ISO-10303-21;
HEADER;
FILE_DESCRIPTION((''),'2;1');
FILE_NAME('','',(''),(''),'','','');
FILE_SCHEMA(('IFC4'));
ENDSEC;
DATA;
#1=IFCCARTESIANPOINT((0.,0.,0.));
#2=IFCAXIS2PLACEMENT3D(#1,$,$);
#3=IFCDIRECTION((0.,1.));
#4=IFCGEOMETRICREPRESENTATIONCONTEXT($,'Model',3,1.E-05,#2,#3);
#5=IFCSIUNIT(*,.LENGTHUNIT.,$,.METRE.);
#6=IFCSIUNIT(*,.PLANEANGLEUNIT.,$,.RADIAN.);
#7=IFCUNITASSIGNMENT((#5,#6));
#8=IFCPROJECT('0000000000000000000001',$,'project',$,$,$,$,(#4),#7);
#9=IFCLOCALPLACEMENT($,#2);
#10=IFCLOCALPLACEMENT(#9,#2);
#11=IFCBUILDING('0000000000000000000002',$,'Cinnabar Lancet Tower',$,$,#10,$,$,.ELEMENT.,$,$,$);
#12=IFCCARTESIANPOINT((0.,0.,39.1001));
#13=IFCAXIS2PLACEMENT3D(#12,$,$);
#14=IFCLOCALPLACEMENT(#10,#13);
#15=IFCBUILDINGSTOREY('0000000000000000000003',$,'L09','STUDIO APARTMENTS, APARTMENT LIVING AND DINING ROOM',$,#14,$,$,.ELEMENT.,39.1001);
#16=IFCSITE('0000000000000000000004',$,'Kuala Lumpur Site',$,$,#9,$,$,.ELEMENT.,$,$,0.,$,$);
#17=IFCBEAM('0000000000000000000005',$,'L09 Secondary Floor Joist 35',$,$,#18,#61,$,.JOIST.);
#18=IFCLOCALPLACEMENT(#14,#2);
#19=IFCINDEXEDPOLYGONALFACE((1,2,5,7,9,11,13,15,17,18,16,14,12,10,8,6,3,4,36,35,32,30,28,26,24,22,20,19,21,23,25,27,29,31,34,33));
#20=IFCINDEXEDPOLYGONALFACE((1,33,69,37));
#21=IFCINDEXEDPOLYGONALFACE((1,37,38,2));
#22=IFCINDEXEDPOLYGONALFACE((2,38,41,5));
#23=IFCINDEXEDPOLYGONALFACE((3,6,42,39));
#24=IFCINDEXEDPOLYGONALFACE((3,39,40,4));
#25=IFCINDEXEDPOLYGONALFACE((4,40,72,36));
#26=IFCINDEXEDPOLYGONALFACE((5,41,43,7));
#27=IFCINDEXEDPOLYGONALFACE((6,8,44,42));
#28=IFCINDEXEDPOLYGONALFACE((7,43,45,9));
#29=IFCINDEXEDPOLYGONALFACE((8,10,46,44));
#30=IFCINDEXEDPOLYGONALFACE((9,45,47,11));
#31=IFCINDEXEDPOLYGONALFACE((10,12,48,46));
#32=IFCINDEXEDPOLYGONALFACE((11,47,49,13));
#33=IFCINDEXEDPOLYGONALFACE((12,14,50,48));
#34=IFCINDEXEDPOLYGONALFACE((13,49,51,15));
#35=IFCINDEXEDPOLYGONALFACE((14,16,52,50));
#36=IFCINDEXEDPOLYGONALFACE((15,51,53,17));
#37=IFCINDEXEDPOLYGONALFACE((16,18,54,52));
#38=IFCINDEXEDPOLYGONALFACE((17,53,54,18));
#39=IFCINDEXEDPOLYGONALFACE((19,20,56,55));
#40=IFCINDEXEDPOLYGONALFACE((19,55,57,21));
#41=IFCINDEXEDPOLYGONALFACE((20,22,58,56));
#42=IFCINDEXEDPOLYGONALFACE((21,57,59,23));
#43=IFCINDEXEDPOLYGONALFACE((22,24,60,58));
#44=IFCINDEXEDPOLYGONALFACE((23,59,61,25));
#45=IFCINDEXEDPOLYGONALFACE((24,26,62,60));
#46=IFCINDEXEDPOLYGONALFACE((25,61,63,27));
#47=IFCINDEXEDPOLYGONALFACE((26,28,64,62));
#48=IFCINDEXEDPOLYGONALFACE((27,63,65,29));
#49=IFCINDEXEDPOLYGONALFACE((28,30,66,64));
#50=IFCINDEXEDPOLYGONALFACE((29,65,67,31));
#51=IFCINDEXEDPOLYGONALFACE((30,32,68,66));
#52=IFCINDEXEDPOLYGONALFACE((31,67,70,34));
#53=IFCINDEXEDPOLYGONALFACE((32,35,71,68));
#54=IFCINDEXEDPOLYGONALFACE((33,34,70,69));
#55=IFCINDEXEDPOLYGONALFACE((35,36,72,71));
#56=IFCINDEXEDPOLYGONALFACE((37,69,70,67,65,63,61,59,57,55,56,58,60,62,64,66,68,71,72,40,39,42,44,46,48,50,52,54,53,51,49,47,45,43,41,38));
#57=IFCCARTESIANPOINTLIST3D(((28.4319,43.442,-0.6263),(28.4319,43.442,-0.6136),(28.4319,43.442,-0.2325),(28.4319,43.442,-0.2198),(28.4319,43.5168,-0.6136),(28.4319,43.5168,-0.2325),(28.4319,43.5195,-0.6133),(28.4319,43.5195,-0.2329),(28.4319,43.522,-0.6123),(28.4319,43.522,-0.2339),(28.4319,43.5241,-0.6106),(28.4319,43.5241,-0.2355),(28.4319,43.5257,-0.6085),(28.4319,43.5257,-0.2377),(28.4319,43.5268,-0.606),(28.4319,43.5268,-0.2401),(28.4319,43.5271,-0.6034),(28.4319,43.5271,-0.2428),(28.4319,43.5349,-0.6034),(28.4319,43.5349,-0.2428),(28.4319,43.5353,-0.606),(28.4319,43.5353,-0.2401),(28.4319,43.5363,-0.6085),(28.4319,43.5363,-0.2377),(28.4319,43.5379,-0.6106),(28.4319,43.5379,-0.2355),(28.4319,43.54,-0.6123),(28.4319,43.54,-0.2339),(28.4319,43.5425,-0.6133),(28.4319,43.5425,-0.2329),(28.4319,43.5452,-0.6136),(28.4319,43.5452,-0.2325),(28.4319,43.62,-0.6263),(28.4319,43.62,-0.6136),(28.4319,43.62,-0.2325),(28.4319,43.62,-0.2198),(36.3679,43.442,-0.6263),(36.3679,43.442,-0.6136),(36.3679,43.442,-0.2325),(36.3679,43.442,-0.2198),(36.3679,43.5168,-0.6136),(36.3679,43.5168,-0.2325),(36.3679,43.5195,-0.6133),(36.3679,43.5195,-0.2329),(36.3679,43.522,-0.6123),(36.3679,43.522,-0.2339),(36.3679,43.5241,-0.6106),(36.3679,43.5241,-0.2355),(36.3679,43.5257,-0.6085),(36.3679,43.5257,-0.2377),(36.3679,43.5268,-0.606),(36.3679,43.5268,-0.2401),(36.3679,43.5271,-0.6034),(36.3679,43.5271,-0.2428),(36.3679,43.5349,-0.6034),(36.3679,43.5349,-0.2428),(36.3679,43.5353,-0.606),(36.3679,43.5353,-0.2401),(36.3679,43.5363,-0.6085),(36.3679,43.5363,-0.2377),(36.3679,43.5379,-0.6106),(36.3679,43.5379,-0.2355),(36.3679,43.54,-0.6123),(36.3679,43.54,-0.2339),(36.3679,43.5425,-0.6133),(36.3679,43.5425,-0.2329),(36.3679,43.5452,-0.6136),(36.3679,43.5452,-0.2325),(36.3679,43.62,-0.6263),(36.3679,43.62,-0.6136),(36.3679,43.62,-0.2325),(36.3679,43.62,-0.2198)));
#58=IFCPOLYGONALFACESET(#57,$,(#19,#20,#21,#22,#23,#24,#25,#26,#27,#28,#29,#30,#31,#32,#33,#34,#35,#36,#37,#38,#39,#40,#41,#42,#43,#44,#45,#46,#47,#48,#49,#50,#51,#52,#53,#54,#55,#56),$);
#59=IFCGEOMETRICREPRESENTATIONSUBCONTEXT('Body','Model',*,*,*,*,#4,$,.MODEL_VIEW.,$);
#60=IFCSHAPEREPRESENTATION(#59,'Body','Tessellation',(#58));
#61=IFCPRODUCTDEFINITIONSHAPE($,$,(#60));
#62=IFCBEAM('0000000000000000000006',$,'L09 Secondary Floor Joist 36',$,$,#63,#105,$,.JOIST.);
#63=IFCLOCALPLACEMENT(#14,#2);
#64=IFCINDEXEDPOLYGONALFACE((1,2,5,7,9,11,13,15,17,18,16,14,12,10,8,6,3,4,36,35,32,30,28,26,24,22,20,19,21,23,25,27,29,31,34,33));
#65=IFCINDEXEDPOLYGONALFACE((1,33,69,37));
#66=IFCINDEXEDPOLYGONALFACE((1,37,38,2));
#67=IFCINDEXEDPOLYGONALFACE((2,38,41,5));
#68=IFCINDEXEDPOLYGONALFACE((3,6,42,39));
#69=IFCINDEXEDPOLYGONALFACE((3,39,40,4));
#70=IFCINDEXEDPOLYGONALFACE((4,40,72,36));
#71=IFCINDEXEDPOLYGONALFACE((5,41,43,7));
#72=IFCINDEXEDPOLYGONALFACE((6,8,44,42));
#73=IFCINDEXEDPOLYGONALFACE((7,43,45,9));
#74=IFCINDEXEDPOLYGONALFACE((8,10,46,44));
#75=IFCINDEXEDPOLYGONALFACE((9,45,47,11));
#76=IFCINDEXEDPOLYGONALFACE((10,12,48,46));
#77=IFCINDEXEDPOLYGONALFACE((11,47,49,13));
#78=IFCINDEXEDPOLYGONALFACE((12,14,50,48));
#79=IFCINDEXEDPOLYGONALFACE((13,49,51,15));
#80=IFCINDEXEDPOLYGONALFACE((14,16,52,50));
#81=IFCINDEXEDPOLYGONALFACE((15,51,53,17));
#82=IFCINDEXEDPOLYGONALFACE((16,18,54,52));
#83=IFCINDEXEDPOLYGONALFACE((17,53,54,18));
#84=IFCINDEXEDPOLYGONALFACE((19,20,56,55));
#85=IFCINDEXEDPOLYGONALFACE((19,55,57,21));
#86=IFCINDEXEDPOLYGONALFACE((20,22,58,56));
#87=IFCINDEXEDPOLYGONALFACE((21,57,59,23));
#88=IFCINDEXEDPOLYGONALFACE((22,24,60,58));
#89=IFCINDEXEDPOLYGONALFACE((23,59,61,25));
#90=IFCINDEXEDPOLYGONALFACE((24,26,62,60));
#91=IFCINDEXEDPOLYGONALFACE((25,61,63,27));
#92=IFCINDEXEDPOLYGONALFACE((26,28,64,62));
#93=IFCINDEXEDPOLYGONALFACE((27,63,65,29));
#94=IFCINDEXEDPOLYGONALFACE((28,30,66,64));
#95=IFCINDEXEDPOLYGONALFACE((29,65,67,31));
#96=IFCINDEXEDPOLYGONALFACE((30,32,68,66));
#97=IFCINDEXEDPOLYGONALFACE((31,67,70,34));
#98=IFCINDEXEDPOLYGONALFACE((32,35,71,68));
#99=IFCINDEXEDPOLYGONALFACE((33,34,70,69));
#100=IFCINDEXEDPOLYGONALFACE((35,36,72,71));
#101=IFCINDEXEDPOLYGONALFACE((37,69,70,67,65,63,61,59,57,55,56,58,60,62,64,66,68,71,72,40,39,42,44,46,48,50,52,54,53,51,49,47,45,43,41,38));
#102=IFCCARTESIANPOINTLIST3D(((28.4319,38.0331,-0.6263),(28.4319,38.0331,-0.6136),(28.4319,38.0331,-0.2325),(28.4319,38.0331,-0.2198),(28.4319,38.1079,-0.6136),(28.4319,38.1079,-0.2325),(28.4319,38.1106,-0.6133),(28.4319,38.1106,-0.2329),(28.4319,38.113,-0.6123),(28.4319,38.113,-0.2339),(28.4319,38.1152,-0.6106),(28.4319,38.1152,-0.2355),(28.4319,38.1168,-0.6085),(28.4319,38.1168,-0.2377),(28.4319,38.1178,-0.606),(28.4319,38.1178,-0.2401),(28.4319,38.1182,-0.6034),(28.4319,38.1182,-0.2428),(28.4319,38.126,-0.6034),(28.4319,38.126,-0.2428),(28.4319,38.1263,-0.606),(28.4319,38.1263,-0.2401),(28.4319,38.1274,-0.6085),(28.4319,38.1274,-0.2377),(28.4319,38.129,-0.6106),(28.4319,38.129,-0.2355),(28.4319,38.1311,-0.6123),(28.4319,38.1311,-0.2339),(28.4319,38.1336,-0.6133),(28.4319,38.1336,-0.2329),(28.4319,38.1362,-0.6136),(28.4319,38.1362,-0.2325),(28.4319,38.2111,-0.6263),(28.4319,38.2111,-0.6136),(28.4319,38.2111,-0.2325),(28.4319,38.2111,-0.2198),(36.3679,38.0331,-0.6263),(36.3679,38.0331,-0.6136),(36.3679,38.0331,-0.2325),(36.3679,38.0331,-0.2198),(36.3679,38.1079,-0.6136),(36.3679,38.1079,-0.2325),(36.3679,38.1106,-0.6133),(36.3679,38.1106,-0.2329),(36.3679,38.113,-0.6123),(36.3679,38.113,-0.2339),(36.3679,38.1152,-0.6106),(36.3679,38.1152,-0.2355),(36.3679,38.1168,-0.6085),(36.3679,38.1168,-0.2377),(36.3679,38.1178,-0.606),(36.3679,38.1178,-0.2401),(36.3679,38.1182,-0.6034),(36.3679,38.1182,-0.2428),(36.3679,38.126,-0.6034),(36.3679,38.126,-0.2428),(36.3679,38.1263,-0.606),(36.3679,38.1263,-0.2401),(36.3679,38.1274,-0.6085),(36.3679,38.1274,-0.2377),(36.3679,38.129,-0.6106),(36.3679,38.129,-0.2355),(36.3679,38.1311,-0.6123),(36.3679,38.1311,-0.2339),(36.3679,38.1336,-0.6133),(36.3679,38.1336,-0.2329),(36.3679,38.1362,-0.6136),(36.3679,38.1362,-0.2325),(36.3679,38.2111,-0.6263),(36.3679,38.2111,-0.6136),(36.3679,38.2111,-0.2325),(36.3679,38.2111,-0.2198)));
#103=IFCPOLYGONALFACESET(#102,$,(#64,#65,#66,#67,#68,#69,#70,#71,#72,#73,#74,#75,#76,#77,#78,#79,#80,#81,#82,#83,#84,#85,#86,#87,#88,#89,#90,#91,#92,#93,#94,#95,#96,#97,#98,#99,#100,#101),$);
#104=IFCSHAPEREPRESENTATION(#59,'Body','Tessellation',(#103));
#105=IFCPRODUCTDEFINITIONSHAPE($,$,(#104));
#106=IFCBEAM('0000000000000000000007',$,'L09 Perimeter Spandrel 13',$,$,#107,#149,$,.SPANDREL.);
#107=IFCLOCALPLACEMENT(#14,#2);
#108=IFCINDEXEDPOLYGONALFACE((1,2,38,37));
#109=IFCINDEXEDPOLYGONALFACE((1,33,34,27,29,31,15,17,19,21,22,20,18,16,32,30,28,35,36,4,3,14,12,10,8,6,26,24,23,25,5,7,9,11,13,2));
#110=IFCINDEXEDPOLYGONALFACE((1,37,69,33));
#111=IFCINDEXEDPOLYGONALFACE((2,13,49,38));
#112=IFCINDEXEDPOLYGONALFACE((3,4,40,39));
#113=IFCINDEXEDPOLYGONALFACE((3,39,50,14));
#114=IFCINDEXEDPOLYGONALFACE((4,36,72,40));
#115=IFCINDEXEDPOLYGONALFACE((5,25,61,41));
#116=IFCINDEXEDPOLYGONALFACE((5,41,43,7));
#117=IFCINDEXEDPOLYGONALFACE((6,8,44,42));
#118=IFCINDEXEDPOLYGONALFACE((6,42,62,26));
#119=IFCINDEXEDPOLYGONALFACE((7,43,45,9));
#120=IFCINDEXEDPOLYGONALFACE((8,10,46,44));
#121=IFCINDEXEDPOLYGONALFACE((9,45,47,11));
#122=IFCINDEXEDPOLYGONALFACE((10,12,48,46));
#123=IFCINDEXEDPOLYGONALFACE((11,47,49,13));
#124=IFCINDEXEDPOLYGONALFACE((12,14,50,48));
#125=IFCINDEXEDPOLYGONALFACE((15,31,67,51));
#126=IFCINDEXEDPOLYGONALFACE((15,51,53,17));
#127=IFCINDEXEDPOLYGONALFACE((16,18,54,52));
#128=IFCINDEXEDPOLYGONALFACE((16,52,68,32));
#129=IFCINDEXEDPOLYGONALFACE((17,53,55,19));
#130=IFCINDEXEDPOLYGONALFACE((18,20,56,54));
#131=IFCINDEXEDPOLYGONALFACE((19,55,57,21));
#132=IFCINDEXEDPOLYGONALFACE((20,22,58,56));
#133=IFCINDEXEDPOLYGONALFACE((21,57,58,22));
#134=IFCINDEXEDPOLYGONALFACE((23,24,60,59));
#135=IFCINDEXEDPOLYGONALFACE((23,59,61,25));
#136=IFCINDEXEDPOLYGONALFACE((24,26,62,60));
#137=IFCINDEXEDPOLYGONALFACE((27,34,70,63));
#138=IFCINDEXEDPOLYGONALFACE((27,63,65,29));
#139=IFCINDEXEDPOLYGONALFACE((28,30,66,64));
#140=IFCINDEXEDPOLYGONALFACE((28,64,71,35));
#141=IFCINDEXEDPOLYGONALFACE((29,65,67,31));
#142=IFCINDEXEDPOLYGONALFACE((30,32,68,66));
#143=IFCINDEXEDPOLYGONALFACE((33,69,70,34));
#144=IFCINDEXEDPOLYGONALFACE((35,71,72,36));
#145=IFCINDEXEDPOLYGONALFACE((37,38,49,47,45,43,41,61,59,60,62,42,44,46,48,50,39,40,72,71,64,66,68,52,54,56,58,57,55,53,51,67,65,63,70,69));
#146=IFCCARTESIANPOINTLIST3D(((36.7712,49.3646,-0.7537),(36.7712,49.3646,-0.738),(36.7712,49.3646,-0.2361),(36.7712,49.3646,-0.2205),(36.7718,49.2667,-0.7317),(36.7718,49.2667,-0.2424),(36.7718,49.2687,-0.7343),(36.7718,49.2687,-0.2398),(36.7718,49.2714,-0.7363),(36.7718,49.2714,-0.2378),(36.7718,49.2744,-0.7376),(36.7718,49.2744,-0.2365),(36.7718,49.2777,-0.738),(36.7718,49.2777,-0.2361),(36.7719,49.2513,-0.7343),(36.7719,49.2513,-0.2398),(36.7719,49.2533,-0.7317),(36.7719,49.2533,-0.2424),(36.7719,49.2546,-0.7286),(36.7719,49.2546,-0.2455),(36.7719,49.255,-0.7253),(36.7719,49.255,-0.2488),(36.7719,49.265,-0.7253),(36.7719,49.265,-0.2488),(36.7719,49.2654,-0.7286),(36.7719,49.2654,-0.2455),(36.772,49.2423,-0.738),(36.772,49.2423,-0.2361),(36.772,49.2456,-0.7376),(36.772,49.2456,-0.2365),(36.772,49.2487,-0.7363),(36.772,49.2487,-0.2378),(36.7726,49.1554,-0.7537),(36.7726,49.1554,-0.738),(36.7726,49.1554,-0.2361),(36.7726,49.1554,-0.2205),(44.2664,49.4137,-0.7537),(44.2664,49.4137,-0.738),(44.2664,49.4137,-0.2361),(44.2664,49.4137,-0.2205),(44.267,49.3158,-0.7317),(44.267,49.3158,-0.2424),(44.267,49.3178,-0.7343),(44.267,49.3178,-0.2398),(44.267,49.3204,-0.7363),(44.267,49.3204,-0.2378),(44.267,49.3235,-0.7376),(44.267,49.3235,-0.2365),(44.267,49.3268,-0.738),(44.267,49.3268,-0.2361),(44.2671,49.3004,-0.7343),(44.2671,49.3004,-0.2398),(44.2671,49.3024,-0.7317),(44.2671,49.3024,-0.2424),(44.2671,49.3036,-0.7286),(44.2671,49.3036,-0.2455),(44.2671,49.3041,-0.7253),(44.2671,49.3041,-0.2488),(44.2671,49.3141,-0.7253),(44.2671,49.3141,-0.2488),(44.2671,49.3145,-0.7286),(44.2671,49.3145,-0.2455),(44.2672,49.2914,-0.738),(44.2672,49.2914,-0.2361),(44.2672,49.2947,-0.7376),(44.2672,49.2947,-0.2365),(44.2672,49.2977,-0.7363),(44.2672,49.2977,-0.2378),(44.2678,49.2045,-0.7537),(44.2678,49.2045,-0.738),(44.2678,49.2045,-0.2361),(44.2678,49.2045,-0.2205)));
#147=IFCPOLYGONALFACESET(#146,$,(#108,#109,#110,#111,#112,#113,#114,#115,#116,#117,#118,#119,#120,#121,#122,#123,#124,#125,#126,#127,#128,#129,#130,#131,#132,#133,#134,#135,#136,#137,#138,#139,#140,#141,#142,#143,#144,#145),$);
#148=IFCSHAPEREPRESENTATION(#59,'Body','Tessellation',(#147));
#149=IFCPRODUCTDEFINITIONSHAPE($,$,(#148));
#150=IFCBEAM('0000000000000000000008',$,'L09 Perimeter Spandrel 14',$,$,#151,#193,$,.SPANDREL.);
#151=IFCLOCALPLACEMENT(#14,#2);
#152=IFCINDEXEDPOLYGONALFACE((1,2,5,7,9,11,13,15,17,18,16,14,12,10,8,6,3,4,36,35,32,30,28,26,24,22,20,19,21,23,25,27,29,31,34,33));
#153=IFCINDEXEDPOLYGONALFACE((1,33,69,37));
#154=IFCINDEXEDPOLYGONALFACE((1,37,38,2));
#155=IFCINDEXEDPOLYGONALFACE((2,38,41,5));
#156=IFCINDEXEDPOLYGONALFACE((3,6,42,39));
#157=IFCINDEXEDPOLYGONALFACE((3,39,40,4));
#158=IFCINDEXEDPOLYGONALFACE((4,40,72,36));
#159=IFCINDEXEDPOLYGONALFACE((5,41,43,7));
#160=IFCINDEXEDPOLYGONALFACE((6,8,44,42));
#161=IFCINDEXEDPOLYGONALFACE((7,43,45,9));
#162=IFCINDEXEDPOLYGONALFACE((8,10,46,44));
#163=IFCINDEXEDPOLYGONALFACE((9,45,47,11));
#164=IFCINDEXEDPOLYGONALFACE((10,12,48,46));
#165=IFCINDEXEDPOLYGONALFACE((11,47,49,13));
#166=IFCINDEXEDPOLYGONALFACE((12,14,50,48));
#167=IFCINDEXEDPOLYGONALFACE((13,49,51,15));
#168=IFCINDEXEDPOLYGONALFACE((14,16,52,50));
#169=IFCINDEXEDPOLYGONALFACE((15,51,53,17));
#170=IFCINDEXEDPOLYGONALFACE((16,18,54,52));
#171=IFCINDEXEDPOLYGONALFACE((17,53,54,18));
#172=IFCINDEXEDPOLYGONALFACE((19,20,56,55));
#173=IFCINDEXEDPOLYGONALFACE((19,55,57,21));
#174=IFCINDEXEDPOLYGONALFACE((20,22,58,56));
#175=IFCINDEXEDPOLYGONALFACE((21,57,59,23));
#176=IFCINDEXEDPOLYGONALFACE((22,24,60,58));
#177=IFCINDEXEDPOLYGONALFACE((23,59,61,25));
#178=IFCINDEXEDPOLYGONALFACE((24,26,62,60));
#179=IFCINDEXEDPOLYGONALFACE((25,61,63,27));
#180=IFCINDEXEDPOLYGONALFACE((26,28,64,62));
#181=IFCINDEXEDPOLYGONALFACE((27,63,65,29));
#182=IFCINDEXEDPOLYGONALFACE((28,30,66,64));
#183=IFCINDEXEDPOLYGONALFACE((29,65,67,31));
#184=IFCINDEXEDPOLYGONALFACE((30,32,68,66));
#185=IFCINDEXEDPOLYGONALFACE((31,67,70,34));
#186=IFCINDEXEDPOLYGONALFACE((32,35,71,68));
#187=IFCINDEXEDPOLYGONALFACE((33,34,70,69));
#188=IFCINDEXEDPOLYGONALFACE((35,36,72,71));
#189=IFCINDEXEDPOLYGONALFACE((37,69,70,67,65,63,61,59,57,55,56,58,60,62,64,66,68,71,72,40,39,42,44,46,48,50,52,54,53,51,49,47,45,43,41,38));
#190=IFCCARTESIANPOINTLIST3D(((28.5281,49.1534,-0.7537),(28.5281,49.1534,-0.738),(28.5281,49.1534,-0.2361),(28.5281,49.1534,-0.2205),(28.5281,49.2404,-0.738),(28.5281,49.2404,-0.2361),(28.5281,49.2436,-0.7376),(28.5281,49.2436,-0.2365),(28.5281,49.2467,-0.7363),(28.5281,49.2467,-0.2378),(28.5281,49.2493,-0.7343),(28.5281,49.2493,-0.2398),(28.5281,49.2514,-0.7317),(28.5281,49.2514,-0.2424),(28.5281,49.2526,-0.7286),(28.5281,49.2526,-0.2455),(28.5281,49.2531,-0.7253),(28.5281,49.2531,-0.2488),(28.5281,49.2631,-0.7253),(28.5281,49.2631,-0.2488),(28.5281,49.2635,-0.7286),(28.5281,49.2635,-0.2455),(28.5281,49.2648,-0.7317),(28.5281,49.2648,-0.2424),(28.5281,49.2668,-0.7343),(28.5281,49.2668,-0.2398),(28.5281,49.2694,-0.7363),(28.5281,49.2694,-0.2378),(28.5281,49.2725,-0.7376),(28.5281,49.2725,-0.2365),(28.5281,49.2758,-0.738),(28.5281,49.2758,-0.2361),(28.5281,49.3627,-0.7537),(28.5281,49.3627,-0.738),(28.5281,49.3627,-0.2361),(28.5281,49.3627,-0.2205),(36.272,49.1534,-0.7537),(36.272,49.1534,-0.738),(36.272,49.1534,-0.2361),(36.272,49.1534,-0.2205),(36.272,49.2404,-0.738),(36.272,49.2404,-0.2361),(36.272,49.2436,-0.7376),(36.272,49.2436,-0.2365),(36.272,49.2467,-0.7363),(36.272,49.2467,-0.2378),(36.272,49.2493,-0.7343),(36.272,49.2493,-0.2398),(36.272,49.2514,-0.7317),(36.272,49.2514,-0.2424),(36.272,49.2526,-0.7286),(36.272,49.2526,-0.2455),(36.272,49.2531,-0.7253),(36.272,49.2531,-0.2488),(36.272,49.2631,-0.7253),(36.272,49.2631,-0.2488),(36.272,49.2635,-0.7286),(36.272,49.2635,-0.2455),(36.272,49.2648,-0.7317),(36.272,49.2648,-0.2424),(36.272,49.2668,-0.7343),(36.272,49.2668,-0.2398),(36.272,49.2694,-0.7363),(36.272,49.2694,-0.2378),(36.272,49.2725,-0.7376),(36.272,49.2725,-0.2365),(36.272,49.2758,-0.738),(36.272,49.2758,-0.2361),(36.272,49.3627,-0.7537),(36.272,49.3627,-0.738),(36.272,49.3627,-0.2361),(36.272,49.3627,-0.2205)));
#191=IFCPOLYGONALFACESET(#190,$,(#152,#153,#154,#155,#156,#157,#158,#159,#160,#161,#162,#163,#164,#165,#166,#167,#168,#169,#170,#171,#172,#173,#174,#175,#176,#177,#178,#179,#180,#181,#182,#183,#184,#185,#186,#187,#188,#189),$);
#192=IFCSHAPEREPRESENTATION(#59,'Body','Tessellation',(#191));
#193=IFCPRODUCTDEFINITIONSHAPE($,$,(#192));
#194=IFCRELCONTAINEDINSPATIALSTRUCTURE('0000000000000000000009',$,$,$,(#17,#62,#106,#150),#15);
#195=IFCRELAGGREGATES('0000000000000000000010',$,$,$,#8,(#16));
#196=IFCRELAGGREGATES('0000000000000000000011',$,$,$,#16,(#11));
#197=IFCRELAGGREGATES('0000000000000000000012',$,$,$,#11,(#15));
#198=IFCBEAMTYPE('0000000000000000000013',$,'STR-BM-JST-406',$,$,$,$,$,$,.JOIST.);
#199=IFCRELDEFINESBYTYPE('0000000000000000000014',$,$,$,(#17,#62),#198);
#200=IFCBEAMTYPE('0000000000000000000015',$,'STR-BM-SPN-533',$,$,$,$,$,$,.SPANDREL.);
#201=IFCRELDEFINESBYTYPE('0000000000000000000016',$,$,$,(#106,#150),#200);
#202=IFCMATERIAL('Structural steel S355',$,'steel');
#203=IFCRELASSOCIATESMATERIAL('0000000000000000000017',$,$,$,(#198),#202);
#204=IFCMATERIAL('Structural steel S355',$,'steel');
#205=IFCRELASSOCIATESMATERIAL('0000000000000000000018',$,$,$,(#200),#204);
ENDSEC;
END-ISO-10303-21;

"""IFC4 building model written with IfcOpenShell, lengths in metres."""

from ifc_helpers import new_model, si_unit, direction, frame, origin, origin_2d, place, context, subcontext, project, spatial, i_section, extrude, material, material_profile, profile_set, type_object, element, save


model = new_model("IFC4")

# Units and contexts
model_context = context("Model", 3, precision=1e-05, world=origin(), true_north=direction((0.0, 1.0)))
body_context = subcontext(model_context, "Body", "Model", "MODEL_VIEW")
ifc_project = project(units=[si_unit("LENGTHUNIT", "METRE"), si_unit("PLANEANGLEUNIT", "RADIAN")], contexts=[model_context])

# Site, building, storey
site_placement = place(None, origin())
site = spatial("IfcSite", under=ifc_project, at=site_placement, Name="Kuala Lumpur Site", CompositionType="ELEMENT", RefElevation=0.0)
building_placement = place(site_placement, origin())
building = spatial("IfcBuilding", under=site, at=building_placement, Name="Cinnabar Lancet Tower", CompositionType="ELEMENT")
storey_placement = place(building_placement, frame((0.0, 0.0, 39.1001)))
storey = spatial("IfcBuildingStorey", under=building, at=storey_placement, Name="L09", Description="STUDIO APARTMENTS, APARTMENT LIVING AND DINING ROOM", CompositionType="ELEMENT", Elevation=39.1001)

# Beams
ifc_material_1 = material(Name="Structural steel S355", Category="steel")
ifc_material_profile_1 = material_profile(ifc_material_1, i_section(OverallWidth=0.178, OverallDepth=0.4065, WebThickness=0.0078, FlangeThickness=0.0127, FilletRadius=0.0103, at=origin_2d()), Name="UKB 406x178x60")
ifc_profile_set_1 = profile_set([ifc_material_profile_1], Name="Structural steel S355")
beam_type_1 = type_object("IfcBeamType", Name="STR-BM-JST-406", PredefinedType="JOIST", material=ifc_profile_set_1)
for number, where, z_axis, x_axis, name in (
    (1, (36.3679, 43.531, -0.4231), (-1.0, 0.0, 0.0), (0.0, -1.0, 0.0), "L09 Secondary Floor Joist 35"),
    (2, (36.3679, 38.1221, -0.4231), (-1.0, 0.0, 0.0), (0.0, -1.0, 0.0), "L09 Secondary Floor Joist 36"),
):
    element("IfcBeam", number, at=place(storey_placement, frame(where, z_axis=z_axis, x_axis=x_axis)), inside=storey, type_object=beam_type_1, Name=name, PredefinedType="JOIST", context=body_context, shape_type="SweptSolid", body=[
        extrude(i_section(OverallWidth=0.178, OverallDepth=0.4065, WebThickness=0.0078, FlangeThickness=0.0127, FilletRadius=0.0103, at=origin_2d()), origin(), (0.0, 0.0, 1.0), 7.936),
    ])
ifc_material_2 = material(Name="Structural steel S355", Category="steel")
ifc_material_profile_2 = material_profile(ifc_material_2, i_section(OverallWidth=0.2092, OverallDepth=0.5332, WebThickness=0.01, FlangeThickness=0.0156, FilletRadius=0.0127, at=origin_2d()), Name="UKB 533x210x92")
ifc_profile_set_2 = profile_set([ifc_material_profile_2], Name="Structural steel S355")
beam_type_2 = type_object("IfcBeamType", Name="STR-BM-SPN-533", PredefinedType="SPANDREL", material=ifc_profile_set_2)
beam_1_placement = place(storey_placement, frame((44.2671, 49.3091, -0.4871), z_axis=(-0.999979, -0.006547, 0.0), x_axis=(0.006547, -0.999979, 0.0)))
element("IfcBeam", 3, at=beam_1_placement, inside=storey, type_object=beam_type_2, Name="L09 Perimeter Spandrel 13", PredefinedType="SPANDREL", context=body_context, shape_type="SweptSolid", body=[
    extrude(i_section(OverallWidth=0.2092, OverallDepth=0.5332, WebThickness=0.01, FlangeThickness=0.0156, FilletRadius=0.0127, at=origin_2d()), origin(), (0.0, 0.0, 1.0), 7.4954),
])
beam_2_placement = place(storey_placement, frame((36.272, 49.2581, -0.4871), z_axis=(-1.0, 0.0, 0.0), x_axis=(0.0, -1.0, 0.0)))
element("IfcBeam", 4, at=beam_2_placement, inside=storey, type_object=beam_type_2, Name="L09 Perimeter Spandrel 14", PredefinedType="SPANDREL", context=body_context, shape_type="SweptSolid", body=[
    extrude(i_section(OverallWidth=0.2092, OverallDepth=0.5332, WebThickness=0.01, FlangeThickness=0.0156, FilletRadius=0.0127, at=origin_2d()), origin(), (0.0, 0.0, 1.0), 7.7439),
])

save(model, "model.ifc")
